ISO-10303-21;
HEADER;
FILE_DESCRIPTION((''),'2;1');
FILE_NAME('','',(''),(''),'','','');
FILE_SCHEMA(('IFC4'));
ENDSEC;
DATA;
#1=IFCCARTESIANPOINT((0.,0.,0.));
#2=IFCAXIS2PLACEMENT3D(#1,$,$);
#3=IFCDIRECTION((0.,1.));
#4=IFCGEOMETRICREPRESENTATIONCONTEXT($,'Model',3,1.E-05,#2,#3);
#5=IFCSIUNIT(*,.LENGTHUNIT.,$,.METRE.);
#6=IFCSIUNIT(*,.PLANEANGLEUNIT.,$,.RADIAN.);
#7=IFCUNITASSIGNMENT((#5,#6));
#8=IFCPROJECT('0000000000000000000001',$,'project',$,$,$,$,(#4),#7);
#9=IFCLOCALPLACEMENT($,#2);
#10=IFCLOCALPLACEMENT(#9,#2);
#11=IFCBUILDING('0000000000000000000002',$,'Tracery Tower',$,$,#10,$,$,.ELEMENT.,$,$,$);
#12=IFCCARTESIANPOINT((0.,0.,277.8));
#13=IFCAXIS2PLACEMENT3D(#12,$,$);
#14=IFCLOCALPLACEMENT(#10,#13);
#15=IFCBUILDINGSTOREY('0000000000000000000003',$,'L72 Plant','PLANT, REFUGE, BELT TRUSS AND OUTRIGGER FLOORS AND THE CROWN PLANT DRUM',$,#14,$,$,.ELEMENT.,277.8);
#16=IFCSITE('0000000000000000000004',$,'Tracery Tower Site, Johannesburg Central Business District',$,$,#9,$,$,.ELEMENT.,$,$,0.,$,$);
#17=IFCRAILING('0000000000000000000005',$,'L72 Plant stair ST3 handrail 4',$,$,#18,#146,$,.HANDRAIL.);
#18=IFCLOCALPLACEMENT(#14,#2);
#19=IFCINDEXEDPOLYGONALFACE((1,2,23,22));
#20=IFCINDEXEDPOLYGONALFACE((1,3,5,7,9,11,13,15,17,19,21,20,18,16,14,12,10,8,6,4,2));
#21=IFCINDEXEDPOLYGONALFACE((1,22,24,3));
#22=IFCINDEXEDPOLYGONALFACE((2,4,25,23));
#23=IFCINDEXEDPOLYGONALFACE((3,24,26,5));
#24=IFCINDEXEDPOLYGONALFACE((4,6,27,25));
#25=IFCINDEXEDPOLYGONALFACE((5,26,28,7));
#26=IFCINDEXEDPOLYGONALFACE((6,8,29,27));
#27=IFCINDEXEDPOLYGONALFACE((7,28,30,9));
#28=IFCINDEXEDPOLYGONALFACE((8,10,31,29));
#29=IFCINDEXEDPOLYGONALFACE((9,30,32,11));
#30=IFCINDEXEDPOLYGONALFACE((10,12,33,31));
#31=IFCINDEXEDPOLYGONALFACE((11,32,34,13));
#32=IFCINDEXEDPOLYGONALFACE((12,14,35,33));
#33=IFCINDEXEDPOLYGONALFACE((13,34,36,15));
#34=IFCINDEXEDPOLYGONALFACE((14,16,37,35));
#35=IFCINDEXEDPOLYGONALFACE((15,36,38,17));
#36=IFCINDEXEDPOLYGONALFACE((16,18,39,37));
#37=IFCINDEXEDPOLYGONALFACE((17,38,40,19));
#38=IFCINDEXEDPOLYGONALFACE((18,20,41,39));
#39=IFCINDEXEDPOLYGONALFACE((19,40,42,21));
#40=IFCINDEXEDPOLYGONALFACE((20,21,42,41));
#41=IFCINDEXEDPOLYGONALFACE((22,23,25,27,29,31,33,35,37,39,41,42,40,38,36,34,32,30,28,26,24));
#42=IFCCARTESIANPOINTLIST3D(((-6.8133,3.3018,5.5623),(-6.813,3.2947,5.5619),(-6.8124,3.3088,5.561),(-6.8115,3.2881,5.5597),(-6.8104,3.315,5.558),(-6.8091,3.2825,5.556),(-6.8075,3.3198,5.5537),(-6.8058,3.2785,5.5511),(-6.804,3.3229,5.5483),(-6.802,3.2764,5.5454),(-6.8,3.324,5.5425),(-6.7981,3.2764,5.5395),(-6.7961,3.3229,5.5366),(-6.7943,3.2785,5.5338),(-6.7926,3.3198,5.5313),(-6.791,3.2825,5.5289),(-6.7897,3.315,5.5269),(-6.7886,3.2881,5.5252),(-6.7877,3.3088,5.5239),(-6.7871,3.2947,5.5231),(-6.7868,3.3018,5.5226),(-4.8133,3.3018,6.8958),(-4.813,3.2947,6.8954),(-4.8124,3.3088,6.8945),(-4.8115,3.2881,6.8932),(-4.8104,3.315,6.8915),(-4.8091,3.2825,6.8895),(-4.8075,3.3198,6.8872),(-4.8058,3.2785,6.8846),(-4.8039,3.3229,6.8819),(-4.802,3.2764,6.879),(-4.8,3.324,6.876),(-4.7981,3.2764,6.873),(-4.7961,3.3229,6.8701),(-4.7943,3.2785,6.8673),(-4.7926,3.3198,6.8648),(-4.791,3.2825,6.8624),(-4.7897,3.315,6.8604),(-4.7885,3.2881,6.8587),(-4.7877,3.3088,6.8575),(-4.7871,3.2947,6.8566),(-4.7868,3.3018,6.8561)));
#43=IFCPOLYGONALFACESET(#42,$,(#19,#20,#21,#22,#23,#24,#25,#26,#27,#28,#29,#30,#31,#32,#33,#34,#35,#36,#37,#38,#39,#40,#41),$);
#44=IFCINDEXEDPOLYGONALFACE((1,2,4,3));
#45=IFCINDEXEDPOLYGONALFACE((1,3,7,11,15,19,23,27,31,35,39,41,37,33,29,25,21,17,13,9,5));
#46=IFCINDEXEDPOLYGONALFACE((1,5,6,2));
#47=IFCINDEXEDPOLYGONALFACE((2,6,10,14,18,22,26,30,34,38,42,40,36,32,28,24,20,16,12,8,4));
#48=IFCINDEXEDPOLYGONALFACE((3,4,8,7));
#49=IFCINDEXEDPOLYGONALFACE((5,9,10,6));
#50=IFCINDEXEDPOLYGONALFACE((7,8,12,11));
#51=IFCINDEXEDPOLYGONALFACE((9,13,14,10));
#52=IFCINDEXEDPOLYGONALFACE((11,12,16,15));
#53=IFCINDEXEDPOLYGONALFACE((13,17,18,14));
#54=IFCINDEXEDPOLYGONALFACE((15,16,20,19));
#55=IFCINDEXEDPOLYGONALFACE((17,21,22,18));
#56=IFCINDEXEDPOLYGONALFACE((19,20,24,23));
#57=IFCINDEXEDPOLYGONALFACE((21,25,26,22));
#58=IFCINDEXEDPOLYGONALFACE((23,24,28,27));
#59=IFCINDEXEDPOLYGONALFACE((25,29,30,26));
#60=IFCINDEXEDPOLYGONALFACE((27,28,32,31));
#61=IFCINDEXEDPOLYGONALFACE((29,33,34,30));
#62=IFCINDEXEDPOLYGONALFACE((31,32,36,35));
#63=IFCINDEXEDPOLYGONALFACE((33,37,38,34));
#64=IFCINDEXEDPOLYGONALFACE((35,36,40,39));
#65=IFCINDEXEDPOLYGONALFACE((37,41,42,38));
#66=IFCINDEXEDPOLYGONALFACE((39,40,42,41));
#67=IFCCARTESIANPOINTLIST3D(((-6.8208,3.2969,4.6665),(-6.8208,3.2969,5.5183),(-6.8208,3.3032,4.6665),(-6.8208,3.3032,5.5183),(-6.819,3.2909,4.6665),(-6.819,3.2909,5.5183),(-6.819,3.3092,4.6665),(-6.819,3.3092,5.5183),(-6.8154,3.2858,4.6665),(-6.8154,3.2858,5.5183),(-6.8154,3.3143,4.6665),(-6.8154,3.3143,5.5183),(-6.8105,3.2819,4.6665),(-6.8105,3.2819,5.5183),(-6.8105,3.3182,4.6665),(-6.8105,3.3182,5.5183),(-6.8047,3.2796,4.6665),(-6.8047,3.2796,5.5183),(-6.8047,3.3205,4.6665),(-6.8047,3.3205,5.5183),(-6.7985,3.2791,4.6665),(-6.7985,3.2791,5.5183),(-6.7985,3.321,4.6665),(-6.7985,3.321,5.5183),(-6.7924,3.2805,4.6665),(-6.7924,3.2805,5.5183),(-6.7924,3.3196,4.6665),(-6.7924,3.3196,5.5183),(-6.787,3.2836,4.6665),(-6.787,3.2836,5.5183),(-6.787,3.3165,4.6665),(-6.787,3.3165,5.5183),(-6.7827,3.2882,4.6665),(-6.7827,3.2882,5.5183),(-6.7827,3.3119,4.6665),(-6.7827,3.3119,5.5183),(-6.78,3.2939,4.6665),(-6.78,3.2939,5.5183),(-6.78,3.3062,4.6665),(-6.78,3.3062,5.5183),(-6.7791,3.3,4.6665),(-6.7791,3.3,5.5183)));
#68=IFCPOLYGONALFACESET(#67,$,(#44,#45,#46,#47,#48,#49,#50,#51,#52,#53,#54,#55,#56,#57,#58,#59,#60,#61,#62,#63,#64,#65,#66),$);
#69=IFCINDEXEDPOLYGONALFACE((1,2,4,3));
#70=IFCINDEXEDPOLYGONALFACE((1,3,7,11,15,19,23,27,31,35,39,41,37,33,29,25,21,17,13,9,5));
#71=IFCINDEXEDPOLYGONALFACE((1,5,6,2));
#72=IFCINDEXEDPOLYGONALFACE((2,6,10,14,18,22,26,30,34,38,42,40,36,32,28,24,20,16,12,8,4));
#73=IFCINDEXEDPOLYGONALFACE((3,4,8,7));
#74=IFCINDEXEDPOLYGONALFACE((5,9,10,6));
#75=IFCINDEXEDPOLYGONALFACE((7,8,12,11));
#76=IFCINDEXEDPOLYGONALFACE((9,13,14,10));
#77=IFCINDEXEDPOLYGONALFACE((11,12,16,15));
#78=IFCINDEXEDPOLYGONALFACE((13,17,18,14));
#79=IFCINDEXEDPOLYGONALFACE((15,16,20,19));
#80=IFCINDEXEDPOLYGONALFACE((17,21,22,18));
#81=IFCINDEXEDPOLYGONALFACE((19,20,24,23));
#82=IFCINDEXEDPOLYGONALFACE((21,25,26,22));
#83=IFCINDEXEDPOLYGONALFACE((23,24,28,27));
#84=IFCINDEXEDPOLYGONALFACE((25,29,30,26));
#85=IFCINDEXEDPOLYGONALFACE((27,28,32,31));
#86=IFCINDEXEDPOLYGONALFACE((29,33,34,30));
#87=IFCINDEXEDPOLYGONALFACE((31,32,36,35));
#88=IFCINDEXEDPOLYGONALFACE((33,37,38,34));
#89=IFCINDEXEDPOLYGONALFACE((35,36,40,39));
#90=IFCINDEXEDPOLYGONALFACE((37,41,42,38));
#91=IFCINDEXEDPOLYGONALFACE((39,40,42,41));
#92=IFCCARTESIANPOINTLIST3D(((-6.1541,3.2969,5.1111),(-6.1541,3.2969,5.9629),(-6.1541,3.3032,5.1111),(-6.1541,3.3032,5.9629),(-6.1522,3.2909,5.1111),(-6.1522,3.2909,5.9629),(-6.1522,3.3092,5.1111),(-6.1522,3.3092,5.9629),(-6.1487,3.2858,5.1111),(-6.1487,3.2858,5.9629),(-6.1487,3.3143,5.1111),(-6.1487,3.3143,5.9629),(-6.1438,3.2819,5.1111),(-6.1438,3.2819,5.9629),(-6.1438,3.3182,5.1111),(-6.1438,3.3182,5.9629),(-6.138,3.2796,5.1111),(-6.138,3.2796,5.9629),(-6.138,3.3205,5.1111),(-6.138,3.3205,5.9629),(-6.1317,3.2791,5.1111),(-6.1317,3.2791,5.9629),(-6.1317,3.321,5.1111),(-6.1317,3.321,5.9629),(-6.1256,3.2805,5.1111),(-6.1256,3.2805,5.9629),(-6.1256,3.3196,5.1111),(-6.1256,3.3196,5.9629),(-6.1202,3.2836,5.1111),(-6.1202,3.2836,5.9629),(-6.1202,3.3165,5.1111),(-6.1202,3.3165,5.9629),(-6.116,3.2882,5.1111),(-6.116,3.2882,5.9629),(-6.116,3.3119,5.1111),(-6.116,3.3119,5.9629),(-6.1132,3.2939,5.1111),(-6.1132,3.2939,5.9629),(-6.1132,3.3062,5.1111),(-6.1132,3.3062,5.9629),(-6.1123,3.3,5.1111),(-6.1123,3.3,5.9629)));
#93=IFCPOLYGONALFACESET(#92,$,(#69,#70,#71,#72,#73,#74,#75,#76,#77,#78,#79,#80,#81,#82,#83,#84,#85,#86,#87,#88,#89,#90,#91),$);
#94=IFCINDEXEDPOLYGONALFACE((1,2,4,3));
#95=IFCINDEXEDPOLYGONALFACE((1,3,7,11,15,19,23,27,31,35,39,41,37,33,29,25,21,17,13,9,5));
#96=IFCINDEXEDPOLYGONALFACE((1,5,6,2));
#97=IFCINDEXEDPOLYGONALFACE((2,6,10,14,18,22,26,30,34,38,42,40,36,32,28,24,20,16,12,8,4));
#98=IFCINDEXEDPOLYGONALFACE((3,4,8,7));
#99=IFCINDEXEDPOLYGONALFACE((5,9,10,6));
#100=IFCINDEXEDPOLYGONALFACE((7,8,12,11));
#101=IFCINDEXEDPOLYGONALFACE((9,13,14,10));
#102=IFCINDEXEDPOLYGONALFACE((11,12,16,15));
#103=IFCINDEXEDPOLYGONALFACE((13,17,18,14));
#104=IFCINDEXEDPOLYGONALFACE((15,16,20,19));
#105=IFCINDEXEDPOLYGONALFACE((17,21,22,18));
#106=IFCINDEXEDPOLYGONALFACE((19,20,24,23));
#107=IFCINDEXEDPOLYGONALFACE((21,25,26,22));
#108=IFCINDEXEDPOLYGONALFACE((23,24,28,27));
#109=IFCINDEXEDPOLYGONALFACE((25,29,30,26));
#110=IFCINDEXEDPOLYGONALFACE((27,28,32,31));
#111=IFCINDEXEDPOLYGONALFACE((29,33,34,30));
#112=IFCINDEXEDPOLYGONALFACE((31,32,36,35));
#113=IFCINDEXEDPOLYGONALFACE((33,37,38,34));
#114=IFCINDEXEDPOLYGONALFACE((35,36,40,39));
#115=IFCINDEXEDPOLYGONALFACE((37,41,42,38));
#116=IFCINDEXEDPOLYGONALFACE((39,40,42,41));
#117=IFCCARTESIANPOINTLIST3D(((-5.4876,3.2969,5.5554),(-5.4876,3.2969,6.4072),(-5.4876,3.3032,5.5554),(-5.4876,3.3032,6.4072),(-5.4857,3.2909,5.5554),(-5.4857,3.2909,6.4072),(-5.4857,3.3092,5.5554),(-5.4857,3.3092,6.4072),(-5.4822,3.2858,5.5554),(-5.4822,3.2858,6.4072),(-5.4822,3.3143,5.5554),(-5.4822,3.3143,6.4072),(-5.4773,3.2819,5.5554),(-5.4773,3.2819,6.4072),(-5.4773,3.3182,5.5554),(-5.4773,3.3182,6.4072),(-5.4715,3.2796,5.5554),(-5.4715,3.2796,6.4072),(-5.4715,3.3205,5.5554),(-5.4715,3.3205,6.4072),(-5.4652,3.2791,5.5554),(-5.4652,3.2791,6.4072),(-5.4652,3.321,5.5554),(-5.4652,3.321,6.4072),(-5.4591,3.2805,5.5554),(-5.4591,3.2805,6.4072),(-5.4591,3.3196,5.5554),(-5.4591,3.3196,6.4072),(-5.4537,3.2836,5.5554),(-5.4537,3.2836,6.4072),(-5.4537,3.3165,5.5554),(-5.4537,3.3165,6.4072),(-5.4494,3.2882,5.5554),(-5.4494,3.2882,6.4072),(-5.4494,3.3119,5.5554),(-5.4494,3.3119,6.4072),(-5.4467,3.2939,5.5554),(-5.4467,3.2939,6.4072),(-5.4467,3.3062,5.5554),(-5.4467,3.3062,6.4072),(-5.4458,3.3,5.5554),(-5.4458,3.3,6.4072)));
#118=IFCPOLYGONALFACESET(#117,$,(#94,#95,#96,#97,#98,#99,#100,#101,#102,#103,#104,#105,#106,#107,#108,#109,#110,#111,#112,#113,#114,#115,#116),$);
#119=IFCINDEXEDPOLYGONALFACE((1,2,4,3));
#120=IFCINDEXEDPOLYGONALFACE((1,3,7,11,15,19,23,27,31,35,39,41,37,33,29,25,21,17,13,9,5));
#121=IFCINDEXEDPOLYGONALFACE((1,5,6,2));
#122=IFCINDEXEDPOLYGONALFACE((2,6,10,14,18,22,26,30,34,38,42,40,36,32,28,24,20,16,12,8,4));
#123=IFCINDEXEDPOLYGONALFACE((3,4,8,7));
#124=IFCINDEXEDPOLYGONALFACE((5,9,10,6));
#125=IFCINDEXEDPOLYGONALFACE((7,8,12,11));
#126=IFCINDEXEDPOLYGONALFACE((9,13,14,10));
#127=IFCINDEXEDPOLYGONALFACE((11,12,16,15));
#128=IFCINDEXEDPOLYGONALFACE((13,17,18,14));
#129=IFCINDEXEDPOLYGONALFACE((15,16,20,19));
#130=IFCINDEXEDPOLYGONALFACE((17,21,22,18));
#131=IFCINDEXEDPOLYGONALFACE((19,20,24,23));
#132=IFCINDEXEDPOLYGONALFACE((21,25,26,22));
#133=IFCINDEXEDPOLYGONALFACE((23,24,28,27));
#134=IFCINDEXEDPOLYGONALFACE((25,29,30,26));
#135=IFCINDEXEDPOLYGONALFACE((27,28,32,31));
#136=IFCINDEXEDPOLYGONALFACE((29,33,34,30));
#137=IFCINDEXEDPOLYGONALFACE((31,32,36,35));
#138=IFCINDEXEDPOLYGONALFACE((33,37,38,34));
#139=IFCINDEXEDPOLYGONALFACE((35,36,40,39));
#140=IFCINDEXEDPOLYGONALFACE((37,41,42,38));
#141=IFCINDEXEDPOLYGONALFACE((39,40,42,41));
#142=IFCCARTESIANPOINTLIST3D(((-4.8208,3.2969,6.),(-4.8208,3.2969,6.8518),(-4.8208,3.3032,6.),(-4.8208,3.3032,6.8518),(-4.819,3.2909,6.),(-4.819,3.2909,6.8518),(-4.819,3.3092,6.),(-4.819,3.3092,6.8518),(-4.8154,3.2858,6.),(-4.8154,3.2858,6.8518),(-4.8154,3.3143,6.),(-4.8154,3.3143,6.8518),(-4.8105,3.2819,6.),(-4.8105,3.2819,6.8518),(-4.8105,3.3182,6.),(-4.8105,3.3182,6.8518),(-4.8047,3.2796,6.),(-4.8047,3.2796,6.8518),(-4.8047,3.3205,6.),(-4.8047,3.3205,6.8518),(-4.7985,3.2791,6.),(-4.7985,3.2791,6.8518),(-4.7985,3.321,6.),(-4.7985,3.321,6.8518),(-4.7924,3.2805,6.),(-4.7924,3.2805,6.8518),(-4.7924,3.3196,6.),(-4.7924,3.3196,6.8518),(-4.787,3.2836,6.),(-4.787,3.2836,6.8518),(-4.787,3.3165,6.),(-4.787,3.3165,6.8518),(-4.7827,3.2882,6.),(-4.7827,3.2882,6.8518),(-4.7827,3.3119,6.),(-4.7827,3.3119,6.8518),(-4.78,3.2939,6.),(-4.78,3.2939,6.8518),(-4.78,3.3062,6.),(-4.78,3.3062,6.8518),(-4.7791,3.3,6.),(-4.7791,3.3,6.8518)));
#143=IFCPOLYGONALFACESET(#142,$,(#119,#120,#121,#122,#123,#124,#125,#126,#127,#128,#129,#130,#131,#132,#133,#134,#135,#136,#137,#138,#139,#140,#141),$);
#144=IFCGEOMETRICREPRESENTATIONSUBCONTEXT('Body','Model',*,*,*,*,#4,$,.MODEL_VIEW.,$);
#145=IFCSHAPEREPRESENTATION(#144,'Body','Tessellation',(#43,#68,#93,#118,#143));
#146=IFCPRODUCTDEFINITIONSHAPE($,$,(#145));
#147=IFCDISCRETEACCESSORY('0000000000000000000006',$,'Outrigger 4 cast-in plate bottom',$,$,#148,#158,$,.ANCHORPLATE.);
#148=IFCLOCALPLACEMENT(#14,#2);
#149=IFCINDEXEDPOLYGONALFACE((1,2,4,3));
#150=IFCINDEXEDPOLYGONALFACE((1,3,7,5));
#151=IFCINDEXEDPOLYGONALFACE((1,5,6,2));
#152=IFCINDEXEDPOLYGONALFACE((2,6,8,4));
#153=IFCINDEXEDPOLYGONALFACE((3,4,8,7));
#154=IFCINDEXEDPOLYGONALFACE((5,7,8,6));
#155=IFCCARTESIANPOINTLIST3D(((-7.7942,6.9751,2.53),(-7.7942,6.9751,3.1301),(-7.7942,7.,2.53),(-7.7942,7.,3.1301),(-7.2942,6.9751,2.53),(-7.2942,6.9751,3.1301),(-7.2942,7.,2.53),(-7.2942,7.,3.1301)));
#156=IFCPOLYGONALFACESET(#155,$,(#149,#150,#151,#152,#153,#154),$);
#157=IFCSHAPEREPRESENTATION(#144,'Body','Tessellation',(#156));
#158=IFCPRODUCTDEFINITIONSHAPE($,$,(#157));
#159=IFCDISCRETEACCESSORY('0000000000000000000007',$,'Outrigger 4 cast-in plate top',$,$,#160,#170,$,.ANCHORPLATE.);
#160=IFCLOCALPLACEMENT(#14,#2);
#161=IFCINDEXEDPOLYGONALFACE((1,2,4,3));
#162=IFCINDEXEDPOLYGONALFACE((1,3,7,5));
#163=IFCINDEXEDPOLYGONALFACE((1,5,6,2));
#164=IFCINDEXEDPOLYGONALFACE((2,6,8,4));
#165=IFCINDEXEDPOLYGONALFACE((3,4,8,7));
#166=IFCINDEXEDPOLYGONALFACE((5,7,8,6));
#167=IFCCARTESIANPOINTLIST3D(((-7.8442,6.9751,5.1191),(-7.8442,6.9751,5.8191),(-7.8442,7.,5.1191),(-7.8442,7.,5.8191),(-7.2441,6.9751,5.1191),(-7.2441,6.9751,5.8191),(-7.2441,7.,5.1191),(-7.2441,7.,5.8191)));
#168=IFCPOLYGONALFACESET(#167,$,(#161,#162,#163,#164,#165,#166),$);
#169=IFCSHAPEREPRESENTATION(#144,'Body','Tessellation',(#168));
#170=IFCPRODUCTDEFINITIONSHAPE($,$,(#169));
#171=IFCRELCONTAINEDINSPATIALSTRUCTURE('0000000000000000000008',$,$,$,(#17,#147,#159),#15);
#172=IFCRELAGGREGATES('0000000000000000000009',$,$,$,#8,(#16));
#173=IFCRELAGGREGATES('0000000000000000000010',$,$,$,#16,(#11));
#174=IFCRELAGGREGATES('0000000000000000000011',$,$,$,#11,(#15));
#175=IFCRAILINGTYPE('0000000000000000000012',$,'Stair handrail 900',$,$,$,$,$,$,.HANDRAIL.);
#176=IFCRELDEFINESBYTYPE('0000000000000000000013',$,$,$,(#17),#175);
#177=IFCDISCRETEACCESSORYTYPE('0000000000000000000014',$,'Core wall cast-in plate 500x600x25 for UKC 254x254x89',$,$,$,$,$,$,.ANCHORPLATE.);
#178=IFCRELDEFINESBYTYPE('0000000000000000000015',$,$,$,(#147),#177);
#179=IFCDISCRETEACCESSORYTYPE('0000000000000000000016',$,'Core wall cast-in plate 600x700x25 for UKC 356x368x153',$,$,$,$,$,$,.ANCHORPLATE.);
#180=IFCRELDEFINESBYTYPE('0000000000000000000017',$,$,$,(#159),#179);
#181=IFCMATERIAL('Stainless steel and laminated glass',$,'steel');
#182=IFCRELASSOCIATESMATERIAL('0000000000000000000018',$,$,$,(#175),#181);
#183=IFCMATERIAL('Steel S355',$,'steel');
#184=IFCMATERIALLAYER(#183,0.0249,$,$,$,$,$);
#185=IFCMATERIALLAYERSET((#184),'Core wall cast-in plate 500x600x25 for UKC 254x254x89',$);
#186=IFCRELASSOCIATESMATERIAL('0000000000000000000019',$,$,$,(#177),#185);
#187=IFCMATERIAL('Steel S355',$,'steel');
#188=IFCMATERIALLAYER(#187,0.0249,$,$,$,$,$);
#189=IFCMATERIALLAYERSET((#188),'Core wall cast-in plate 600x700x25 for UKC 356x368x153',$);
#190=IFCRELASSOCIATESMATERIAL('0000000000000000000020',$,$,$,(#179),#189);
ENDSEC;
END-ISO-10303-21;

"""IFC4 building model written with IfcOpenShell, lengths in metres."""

from ifc_helpers import new_model, si_unit, direction, frame, origin, origin_2d, place, context, subcontext, project, spatial, rectangle, circle, extrude, material, layer, layer_set, type_object, element, save


model = new_model("IFC4")

# Units and contexts
model_context = context("Model", 3, precision=1e-05, world=origin(), true_north=direction((0.0, 1.0)))
body_context = subcontext(model_context, "Body", "Model", "MODEL_VIEW")
ifc_project = project(units=[si_unit("LENGTHUNIT", "METRE"), si_unit("PLANEANGLEUNIT", "RADIAN")], contexts=[model_context])

# Site, building, storey
site_placement = place(None, origin())
site = spatial("IfcSite", under=ifc_project, at=site_placement, Name="Tracery Tower Site, Johannesburg Central Business District", CompositionType="ELEMENT", RefElevation=0.0)
building_placement = place(site_placement, origin())
building = spatial("IfcBuilding", under=site, at=building_placement, Name="Tracery Tower", CompositionType="ELEMENT")
storey_placement = place(building_placement, frame((0.0, 0.0, 277.8)))
storey = spatial("IfcBuildingStorey", under=building, at=storey_placement, Name="L72 Plant", Description="PLANT, REFUGE, BELT TRUSS AND OUTRIGGER FLOORS AND THE CROWN PLANT DRUM", CompositionType="ELEMENT", Elevation=277.8)

# Railing
ifc_material_1 = material(Name="Stainless steel and laminated glass", Category="steel")
railing_type_1 = type_object("IfcRailingType", Name="Stair handrail 900", PredefinedType="HANDRAIL", material=ifc_material_1)
railing_1_placement = place(storey_placement, frame((-6.8, 3.3, 4.6665)))
element("IfcRailing", 1, at=railing_1_placement, inside=storey, type_object=railing_type_1, Name="L72 Plant stair ST3 handrail 4", PredefinedType="HANDRAIL", context=body_context, shape_type="SweptSolid", body=[
    extrude(circle(Radius=0.0239, at=origin_2d()), frame((0.0, 0.0, 0.876), z_axis=(0.832019, 0.0, 0.554747), x_axis=(0.0, 1.0, 0.0)), (0.0, 0.0, 1.0), 2.4038),
    extrude(circle(Radius=0.021, at=origin_2d()), origin(), (0.0, 0.0, 1.0), 0.8518),
    extrude(circle(Radius=0.021, at=origin_2d()), frame((0.6667, 0.0, 0.4446)), (0.0, 0.0, 1.0), 0.8518),
    extrude(circle(Radius=0.021, at=origin_2d()), frame((1.3333, 0.0, 0.8889)), (0.0, 0.0, 1.0), 0.8518),
    extrude(circle(Radius=0.021, at=origin_2d()), frame((2.0, 0.0, 1.3335)), (0.0, 0.0, 1.0), 0.8518),
])

# Discrete accessories
ifc_material_2 = material(Name="Steel S355", Category="steel")
ifc_layer_1 = layer(ifc_material_2, 0.0249)
ifc_layer_set_1 = layer_set([ifc_layer_1], Name="Core wall cast-in plate 500x600x25 for UKC 254x254x89")
discrete_accessory_type_1 = type_object("IfcDiscreteAccessoryType", Name="Core wall cast-in plate 500x600x25 for UKC 254x254x89", PredefinedType="ANCHORPLATE", material=ifc_layer_set_1)
discrete_accessory_1_placement = place(storey_placement, frame((-7.5442, 6.9875, 2.53), z_axis=(0.0, 0.0, 1.0), x_axis=(1.0, 0.0, 0.0)))
element("IfcDiscreteAccessory", 2, at=discrete_accessory_1_placement, inside=storey, type_object=discrete_accessory_type_1, Name="Outrigger 4 cast-in plate bottom", PredefinedType="ANCHORPLATE", context=body_context, shape_type="SweptSolid", body=[
    extrude(rectangle(XDim=0.5, YDim=0.0249, at=origin_2d()), origin(), (0.0, 0.0, 1.0), 0.6001),
])
ifc_material_3 = material(Name="Steel S355", Category="steel")
ifc_layer_2 = layer(ifc_material_3, 0.0249)
ifc_layer_set_2 = layer_set([ifc_layer_2], Name="Core wall cast-in plate 600x700x25 for UKC 356x368x153")
discrete_accessory_type_2 = type_object("IfcDiscreteAccessoryType", Name="Core wall cast-in plate 600x700x25 for UKC 356x368x153", PredefinedType="ANCHORPLATE", material=ifc_layer_set_2)
discrete_accessory_2_placement = place(storey_placement, frame((-7.5442, 6.9875, 5.1191), z_axis=(0.0, 0.0, 1.0), x_axis=(1.0, 0.0, 0.0)))
element("IfcDiscreteAccessory", 3, at=discrete_accessory_2_placement, inside=storey, type_object=discrete_accessory_type_2, Name="Outrigger 4 cast-in plate top", PredefinedType="ANCHORPLATE", context=body_context, shape_type="SweptSolid", body=[
    extrude(rectangle(XDim=0.6001, YDim=0.0249, at=origin_2d()), origin(), (0.0, 0.0, 1.0), 0.7),
])

save(model, "model.ifc")
